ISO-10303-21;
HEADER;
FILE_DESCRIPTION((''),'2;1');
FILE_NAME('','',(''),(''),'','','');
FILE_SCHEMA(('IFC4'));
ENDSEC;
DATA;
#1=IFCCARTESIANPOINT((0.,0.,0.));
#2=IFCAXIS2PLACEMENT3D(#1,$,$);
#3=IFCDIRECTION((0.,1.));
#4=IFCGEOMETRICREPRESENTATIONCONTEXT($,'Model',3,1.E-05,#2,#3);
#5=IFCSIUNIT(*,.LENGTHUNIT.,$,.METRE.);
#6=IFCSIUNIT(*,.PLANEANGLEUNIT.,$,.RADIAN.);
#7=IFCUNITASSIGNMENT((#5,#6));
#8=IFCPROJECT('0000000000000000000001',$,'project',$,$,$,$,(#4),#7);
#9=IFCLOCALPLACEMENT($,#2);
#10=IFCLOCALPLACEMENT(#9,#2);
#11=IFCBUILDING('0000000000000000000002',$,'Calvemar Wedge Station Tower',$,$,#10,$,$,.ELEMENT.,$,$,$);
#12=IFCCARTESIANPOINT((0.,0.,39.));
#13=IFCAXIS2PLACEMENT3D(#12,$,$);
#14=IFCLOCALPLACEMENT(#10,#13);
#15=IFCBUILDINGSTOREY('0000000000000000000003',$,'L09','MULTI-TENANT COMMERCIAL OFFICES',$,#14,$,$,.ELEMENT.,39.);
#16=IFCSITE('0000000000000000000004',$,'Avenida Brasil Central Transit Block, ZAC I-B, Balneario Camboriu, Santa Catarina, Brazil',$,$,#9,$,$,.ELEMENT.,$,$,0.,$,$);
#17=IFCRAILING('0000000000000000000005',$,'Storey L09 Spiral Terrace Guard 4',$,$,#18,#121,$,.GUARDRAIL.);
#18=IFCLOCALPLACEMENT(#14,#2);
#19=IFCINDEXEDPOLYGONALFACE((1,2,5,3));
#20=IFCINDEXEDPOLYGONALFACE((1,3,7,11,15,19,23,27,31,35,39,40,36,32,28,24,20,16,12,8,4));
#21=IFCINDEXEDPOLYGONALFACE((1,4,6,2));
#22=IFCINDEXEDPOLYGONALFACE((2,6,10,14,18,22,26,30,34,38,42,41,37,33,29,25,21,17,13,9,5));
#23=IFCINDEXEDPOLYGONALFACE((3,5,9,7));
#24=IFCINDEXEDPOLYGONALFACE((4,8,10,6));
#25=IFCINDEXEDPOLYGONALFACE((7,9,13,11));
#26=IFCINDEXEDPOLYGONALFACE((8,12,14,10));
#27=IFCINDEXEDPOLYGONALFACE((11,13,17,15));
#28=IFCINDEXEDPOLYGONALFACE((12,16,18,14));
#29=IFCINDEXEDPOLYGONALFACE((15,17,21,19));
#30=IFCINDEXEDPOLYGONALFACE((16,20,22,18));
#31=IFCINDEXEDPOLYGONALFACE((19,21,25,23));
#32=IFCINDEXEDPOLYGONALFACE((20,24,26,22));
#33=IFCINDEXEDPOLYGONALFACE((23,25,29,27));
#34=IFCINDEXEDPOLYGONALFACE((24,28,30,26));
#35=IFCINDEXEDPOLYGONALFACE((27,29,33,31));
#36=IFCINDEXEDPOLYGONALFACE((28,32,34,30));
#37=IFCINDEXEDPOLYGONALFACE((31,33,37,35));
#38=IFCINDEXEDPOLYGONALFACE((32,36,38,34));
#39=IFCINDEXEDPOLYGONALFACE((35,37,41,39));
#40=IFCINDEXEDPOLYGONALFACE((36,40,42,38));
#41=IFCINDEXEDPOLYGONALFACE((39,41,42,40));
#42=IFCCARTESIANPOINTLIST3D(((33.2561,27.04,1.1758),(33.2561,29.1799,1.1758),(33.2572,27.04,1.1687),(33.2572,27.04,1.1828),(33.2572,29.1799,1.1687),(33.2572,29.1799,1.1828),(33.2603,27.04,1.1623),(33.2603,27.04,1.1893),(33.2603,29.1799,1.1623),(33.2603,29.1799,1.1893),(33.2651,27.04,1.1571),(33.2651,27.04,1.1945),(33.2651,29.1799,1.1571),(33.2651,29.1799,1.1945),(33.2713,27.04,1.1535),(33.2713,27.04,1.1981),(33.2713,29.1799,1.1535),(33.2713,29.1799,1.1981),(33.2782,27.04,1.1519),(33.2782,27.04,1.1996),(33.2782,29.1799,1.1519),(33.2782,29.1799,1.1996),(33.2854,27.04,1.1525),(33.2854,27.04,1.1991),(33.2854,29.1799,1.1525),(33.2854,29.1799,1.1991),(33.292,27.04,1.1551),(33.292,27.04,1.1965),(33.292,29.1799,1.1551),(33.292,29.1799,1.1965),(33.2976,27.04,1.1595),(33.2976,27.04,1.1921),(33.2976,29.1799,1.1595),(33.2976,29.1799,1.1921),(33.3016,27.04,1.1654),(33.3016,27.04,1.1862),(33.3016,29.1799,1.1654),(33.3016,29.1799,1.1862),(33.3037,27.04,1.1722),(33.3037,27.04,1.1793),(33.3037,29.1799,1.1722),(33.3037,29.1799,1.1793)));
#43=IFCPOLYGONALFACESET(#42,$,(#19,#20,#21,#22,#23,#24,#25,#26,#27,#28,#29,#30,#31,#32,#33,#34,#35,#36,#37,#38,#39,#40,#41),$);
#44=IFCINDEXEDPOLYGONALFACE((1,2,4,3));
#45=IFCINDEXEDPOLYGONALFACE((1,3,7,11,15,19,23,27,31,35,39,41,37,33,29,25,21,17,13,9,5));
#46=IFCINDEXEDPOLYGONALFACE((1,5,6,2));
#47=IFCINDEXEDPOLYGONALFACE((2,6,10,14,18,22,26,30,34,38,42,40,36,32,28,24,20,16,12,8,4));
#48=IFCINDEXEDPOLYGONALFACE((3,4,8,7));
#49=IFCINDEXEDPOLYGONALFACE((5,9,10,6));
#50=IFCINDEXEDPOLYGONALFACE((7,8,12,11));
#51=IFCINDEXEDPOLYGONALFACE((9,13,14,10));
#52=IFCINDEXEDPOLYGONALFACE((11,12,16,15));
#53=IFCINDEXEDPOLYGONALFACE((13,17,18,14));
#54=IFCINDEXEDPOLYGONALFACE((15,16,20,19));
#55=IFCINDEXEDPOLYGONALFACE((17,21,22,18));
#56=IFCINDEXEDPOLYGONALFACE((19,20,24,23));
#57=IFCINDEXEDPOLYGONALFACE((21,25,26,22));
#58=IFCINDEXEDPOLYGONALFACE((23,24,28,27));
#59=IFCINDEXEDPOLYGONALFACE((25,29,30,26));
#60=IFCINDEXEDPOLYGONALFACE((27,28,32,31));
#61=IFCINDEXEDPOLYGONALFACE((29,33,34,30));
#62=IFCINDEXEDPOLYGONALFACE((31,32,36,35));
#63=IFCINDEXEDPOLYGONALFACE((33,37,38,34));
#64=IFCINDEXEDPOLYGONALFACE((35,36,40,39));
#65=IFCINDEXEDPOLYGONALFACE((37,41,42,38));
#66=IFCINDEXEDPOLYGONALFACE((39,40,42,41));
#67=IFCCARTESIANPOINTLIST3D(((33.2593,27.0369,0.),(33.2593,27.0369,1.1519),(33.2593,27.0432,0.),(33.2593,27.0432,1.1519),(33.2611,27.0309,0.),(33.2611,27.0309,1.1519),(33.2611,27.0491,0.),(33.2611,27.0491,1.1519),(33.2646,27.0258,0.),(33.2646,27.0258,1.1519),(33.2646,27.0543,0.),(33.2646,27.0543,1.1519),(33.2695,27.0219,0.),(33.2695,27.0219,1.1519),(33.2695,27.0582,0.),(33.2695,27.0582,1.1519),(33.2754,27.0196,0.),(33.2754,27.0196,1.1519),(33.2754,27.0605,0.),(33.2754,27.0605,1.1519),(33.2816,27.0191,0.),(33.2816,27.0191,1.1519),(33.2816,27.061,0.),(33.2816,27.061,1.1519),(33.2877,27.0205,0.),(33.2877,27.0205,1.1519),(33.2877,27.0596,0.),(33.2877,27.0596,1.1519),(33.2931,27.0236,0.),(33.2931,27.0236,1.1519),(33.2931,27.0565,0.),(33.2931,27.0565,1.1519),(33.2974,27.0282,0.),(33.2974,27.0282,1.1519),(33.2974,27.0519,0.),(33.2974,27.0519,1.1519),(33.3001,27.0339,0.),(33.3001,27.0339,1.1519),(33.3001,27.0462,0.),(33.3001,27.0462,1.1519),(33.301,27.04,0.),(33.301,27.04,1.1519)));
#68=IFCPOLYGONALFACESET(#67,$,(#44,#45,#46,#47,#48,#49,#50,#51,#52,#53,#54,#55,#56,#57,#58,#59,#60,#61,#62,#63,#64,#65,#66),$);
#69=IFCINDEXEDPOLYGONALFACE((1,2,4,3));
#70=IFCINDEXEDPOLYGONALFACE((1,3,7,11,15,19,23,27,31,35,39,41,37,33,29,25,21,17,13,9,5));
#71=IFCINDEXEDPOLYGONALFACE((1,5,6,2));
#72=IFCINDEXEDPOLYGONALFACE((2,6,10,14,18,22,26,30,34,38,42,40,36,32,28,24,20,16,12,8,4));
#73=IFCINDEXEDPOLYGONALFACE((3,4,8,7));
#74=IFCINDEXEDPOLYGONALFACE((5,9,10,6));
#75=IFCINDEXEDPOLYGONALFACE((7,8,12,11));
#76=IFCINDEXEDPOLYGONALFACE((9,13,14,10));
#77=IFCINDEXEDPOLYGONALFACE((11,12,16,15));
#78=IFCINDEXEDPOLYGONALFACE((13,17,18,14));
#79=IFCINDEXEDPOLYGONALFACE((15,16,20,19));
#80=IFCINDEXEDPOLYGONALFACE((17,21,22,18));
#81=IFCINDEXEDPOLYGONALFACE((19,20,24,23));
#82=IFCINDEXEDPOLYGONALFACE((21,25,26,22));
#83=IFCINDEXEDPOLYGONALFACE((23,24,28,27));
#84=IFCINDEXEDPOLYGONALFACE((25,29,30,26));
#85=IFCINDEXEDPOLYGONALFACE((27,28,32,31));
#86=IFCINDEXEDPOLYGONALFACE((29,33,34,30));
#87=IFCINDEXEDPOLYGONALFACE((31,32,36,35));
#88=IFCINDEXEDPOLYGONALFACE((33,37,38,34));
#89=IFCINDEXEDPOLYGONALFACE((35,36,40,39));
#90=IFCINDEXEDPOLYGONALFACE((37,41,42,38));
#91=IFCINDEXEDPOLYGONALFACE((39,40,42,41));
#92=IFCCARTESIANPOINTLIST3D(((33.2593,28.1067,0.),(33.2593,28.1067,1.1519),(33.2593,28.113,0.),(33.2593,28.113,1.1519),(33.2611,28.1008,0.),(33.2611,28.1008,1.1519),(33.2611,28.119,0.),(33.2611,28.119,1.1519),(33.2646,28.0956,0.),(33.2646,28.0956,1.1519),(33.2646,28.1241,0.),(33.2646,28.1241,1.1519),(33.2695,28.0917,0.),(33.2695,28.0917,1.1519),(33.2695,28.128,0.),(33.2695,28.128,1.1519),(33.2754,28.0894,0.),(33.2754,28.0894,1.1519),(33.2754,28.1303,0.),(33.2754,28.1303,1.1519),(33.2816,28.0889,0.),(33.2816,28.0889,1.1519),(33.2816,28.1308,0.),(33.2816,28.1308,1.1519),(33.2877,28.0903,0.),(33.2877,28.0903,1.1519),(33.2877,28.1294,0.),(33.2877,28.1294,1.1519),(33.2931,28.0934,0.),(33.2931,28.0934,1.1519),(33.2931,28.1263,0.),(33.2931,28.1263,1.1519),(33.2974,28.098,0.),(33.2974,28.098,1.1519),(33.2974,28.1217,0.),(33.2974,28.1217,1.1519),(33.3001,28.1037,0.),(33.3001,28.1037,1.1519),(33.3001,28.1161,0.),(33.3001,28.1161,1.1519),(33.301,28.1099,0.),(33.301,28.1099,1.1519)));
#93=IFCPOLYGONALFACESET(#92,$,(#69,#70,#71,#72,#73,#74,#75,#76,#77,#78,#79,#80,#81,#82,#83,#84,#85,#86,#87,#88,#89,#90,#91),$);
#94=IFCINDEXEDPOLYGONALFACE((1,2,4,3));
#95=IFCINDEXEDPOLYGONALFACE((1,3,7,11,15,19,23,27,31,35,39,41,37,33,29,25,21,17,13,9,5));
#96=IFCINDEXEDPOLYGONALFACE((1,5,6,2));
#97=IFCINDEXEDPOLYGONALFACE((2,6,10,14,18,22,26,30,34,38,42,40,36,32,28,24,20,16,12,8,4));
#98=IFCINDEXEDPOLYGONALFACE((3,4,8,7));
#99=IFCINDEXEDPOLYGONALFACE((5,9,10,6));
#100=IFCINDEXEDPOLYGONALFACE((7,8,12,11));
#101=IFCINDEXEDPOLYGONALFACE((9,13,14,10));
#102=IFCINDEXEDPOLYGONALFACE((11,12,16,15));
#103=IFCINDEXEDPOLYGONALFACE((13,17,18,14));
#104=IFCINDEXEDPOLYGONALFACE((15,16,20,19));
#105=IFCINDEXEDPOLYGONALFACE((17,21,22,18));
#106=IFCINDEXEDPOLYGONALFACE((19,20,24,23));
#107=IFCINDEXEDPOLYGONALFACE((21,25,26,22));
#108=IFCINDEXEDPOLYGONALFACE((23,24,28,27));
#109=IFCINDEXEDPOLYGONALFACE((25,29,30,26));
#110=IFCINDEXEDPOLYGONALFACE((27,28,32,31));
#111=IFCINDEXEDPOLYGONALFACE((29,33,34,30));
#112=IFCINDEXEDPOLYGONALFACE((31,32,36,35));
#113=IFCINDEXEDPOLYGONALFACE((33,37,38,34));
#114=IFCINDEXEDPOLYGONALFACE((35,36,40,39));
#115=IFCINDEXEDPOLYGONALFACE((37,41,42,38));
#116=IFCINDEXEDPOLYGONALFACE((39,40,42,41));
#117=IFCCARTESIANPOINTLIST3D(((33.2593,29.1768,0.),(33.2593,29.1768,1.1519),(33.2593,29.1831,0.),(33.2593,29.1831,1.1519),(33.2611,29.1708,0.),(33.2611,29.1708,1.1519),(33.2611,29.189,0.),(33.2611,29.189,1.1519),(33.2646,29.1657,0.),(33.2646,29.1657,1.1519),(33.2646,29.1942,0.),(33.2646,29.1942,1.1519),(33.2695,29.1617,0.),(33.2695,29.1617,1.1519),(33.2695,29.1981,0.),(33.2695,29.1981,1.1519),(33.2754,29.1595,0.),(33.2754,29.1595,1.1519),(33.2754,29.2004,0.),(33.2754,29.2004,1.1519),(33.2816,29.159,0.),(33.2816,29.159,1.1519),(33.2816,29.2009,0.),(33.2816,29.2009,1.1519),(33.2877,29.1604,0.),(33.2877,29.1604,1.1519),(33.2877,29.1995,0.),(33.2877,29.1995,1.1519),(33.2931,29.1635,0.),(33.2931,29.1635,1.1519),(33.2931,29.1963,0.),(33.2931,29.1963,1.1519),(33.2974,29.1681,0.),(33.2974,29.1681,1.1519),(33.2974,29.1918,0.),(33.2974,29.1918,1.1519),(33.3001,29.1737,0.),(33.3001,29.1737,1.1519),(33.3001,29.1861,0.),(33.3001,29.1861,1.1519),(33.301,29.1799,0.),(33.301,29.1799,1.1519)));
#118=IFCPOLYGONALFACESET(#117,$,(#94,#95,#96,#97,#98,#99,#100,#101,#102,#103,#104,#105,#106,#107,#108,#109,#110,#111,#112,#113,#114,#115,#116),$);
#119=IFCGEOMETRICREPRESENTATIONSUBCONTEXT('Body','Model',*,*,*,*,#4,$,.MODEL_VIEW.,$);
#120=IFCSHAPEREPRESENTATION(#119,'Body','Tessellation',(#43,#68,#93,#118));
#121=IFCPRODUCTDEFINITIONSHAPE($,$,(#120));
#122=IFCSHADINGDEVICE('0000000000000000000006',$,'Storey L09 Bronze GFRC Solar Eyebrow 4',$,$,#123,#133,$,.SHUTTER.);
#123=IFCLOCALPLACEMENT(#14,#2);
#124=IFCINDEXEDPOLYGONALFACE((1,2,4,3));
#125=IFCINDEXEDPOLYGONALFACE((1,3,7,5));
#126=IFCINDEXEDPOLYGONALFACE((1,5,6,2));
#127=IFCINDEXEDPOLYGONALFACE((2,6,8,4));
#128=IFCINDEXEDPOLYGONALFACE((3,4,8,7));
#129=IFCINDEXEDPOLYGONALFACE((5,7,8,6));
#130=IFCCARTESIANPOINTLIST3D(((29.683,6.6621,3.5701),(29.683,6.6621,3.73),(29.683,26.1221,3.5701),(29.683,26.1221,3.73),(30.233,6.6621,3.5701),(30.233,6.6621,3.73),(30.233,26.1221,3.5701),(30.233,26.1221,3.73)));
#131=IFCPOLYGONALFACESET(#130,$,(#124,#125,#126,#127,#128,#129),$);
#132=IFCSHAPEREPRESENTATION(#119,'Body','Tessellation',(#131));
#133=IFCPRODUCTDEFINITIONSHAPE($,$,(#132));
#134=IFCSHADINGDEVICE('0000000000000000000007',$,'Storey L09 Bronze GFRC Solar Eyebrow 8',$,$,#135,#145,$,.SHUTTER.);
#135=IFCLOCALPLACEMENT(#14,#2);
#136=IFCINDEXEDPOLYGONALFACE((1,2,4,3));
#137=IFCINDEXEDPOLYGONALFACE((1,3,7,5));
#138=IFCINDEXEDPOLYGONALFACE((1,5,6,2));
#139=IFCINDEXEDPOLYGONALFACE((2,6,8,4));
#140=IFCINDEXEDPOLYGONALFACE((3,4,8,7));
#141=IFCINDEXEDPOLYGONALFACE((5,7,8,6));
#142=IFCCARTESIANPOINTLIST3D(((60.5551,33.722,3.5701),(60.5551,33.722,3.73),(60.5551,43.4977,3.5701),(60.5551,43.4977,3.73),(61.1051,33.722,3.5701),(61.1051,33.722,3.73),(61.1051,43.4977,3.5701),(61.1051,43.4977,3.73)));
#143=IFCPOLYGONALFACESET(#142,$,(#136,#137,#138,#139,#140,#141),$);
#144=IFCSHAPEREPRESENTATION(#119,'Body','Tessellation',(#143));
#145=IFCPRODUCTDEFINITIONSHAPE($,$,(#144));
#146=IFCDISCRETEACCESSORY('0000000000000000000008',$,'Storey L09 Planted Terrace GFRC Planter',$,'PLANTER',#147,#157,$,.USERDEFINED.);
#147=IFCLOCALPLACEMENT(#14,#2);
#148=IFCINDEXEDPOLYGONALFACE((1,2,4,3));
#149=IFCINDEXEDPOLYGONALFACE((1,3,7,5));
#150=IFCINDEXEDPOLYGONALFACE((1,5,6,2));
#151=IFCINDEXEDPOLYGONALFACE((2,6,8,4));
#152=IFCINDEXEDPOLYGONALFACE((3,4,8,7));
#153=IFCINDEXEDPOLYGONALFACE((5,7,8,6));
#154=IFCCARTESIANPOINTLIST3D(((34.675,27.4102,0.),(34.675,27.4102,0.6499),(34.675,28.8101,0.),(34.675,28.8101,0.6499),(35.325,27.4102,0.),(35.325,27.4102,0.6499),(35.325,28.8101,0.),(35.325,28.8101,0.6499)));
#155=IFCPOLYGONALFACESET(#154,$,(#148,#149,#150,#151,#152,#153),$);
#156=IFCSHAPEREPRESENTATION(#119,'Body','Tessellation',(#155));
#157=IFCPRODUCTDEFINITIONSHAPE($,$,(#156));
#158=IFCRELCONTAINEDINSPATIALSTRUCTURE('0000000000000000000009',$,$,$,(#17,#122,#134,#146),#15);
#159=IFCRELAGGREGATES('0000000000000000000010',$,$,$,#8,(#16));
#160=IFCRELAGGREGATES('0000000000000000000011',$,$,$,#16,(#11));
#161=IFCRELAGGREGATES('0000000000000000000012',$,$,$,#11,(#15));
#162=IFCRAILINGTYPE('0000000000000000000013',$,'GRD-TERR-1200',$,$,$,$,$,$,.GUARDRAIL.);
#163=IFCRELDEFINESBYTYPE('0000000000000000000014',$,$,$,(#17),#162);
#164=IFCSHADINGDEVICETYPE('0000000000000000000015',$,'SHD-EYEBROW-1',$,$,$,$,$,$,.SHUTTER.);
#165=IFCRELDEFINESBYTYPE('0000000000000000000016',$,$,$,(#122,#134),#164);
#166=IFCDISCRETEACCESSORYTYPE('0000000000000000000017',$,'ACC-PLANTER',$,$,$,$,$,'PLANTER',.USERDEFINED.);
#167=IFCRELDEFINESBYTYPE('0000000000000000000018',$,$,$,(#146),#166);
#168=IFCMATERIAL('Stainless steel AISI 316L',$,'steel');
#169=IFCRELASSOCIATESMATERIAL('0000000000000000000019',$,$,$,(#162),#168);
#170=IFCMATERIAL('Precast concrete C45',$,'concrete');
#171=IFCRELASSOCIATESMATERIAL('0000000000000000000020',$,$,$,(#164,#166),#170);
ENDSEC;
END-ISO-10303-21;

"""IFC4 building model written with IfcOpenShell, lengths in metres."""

from ifc_helpers import new_model, si_unit, direction, frame, frame_2d, origin, origin_2d, place, context, subcontext, project, spatial, rectangle, circle, extrude, source, transform, mapped, material, type_object, element, save


model = new_model("IFC4")

# Units and contexts
model_context = context("Model", 3, precision=1e-05, world=origin(), true_north=direction((0.0, 1.0)))
body_context = subcontext(model_context, "Body", "Model", "MODEL_VIEW")
ifc_project = project(units=[si_unit("LENGTHUNIT", "METRE"), si_unit("PLANEANGLEUNIT", "RADIAN")], contexts=[model_context])

# Site, building, storey
site_placement = place(None, origin())
site = spatial("IfcSite", under=ifc_project, at=site_placement, Name="Avenida Brasil Central Transit Block, ZAC I-B, Balneario Camboriu, Santa Catarina, Brazil", CompositionType="ELEMENT", RefElevation=0.0)
building_placement = place(site_placement, origin())
building = spatial("IfcBuilding", under=site, at=building_placement, Name="Calvemar Wedge Station Tower", CompositionType="ELEMENT")
storey_placement = place(building_placement, frame((0.0, 0.0, 39.0)))
storey = spatial("IfcBuildingStorey", under=building, at=storey_placement, Name="L09", Description="MULTI-TENANT COMMERCIAL OFFICES", CompositionType="ELEMENT", Elevation=39.0)

# Shared definitions
ifc_material_1 = material(Name="Precast concrete C45", Category="concrete")

# Railing
ifc_material_2 = material(Name="Stainless steel AISI 316L", Category="steel")
railing_type = type_object("IfcRailingType", Name="GRD-TERR-1200", PredefinedType="GUARDRAIL", material=ifc_material_2)
railing_1_placement = place(storey_placement, frame((33.28, 27.04, 0.0)))
element("IfcRailing", 1, at=railing_1_placement, inside=storey, type_object=railing_type, Name="Storey L09 Spiral Terrace Guard 4", PredefinedType="GUARDRAIL", context=body_context, shape_type="SweptSolid", body=[
    extrude(circle(Radius=0.0239, at=origin_2d()), frame((0.0, 0.0, 1.1758), z_axis=(0.0, 1.0, 0.0), x_axis=(-1.0, 0.0, 0.0)), (0.0, 0.0, 1.0), 2.1399),
    extrude(circle(Radius=0.021, at=origin_2d()), origin(), (0.0, 0.0, 1.0), 1.1519),
    extrude(circle(Radius=0.021, at=origin_2d()), frame((0.0, 1.0698, 0.0)), (0.0, 0.0, 1.0), 1.1519),
    extrude(circle(Radius=0.021, at=origin_2d()), frame((0.0, 2.1399, 0.0)), (0.0, 0.0, 1.0), 1.1519),
])

# Shading devices
shading_device_type = type_object("IfcShadingDeviceType", Name="SHD-EYEBROW-1", PredefinedType="SHUTTER", material=ifc_material_1)
shading_device_1_placement = place(storey_placement, frame((29.958, 6.6621, 3.5701), z_axis=(0.0, 0.0, 1.0), x_axis=(0.0, 1.0, 0.0)))
element("IfcShadingDevice", 2, at=shading_device_1_placement, inside=storey, type_object=shading_device_type, Name="Storey L09 Bronze GFRC Solar Eyebrow 4", PredefinedType="SHUTTER", context=body_context, shape_type="SweptSolid", body=[
    extrude(rectangle(XDim=19.46, YDim=0.55, at=frame_2d((9.73, 0.0))), origin(), (0.0, 0.0, 1.0), 0.1599),
])
shading_device_2_placement = place(storey_placement, frame((60.8301, 33.7222, 3.5701), z_axis=(0.0, 0.0, 1.0), x_axis=(0.0, 1.0, 0.0)))
element("IfcShadingDevice", 3, at=shading_device_2_placement, inside=storey, type_object=shading_device_type, Name="Storey L09 Bronze GFRC Solar Eyebrow 8", PredefinedType="SHUTTER", context=body_context, shape_type="SweptSolid", body=[
    extrude(rectangle(XDim=9.7756, YDim=0.55, at=frame_2d((4.8877, 0.0))), origin(), (0.0, 0.0, 1.0), 0.1599),
])

# Discrete accessory
discrete_accessory_type = type_object("IfcDiscreteAccessoryType", Name="ACC-PLANTER", ElementType="PLANTER", PredefinedType="USERDEFINED", material=ifc_material_1)
shared_shape_1 = source(origin(), body_context, "Body", "SweptSolid", [
    extrude(rectangle(XDim=0.6499, YDim=1.3999, at=origin_2d()), origin(), (0.0, 0.0, 1.0), 0.6499),
])
discrete_accessory_placement = place(storey_placement, frame((35.0, 28.1101, 0.0), z_axis=(0.0, 0.0, 1.0), x_axis=(1.0, 0.0, 0.0)))
element("IfcDiscreteAccessory", 4, at=discrete_accessory_placement, inside=storey, type_object=discrete_accessory_type, Name="Storey L09 Planted Terrace GFRC Planter", ObjectType="PLANTER", PredefinedType="USERDEFINED", context=body_context, shape_type="MappedRepresentation", body=[
    mapped(shared_shape_1, transform((0.0, 0.0, 0.0), scale=1.0)),
])

save(model, "model.ifc")
